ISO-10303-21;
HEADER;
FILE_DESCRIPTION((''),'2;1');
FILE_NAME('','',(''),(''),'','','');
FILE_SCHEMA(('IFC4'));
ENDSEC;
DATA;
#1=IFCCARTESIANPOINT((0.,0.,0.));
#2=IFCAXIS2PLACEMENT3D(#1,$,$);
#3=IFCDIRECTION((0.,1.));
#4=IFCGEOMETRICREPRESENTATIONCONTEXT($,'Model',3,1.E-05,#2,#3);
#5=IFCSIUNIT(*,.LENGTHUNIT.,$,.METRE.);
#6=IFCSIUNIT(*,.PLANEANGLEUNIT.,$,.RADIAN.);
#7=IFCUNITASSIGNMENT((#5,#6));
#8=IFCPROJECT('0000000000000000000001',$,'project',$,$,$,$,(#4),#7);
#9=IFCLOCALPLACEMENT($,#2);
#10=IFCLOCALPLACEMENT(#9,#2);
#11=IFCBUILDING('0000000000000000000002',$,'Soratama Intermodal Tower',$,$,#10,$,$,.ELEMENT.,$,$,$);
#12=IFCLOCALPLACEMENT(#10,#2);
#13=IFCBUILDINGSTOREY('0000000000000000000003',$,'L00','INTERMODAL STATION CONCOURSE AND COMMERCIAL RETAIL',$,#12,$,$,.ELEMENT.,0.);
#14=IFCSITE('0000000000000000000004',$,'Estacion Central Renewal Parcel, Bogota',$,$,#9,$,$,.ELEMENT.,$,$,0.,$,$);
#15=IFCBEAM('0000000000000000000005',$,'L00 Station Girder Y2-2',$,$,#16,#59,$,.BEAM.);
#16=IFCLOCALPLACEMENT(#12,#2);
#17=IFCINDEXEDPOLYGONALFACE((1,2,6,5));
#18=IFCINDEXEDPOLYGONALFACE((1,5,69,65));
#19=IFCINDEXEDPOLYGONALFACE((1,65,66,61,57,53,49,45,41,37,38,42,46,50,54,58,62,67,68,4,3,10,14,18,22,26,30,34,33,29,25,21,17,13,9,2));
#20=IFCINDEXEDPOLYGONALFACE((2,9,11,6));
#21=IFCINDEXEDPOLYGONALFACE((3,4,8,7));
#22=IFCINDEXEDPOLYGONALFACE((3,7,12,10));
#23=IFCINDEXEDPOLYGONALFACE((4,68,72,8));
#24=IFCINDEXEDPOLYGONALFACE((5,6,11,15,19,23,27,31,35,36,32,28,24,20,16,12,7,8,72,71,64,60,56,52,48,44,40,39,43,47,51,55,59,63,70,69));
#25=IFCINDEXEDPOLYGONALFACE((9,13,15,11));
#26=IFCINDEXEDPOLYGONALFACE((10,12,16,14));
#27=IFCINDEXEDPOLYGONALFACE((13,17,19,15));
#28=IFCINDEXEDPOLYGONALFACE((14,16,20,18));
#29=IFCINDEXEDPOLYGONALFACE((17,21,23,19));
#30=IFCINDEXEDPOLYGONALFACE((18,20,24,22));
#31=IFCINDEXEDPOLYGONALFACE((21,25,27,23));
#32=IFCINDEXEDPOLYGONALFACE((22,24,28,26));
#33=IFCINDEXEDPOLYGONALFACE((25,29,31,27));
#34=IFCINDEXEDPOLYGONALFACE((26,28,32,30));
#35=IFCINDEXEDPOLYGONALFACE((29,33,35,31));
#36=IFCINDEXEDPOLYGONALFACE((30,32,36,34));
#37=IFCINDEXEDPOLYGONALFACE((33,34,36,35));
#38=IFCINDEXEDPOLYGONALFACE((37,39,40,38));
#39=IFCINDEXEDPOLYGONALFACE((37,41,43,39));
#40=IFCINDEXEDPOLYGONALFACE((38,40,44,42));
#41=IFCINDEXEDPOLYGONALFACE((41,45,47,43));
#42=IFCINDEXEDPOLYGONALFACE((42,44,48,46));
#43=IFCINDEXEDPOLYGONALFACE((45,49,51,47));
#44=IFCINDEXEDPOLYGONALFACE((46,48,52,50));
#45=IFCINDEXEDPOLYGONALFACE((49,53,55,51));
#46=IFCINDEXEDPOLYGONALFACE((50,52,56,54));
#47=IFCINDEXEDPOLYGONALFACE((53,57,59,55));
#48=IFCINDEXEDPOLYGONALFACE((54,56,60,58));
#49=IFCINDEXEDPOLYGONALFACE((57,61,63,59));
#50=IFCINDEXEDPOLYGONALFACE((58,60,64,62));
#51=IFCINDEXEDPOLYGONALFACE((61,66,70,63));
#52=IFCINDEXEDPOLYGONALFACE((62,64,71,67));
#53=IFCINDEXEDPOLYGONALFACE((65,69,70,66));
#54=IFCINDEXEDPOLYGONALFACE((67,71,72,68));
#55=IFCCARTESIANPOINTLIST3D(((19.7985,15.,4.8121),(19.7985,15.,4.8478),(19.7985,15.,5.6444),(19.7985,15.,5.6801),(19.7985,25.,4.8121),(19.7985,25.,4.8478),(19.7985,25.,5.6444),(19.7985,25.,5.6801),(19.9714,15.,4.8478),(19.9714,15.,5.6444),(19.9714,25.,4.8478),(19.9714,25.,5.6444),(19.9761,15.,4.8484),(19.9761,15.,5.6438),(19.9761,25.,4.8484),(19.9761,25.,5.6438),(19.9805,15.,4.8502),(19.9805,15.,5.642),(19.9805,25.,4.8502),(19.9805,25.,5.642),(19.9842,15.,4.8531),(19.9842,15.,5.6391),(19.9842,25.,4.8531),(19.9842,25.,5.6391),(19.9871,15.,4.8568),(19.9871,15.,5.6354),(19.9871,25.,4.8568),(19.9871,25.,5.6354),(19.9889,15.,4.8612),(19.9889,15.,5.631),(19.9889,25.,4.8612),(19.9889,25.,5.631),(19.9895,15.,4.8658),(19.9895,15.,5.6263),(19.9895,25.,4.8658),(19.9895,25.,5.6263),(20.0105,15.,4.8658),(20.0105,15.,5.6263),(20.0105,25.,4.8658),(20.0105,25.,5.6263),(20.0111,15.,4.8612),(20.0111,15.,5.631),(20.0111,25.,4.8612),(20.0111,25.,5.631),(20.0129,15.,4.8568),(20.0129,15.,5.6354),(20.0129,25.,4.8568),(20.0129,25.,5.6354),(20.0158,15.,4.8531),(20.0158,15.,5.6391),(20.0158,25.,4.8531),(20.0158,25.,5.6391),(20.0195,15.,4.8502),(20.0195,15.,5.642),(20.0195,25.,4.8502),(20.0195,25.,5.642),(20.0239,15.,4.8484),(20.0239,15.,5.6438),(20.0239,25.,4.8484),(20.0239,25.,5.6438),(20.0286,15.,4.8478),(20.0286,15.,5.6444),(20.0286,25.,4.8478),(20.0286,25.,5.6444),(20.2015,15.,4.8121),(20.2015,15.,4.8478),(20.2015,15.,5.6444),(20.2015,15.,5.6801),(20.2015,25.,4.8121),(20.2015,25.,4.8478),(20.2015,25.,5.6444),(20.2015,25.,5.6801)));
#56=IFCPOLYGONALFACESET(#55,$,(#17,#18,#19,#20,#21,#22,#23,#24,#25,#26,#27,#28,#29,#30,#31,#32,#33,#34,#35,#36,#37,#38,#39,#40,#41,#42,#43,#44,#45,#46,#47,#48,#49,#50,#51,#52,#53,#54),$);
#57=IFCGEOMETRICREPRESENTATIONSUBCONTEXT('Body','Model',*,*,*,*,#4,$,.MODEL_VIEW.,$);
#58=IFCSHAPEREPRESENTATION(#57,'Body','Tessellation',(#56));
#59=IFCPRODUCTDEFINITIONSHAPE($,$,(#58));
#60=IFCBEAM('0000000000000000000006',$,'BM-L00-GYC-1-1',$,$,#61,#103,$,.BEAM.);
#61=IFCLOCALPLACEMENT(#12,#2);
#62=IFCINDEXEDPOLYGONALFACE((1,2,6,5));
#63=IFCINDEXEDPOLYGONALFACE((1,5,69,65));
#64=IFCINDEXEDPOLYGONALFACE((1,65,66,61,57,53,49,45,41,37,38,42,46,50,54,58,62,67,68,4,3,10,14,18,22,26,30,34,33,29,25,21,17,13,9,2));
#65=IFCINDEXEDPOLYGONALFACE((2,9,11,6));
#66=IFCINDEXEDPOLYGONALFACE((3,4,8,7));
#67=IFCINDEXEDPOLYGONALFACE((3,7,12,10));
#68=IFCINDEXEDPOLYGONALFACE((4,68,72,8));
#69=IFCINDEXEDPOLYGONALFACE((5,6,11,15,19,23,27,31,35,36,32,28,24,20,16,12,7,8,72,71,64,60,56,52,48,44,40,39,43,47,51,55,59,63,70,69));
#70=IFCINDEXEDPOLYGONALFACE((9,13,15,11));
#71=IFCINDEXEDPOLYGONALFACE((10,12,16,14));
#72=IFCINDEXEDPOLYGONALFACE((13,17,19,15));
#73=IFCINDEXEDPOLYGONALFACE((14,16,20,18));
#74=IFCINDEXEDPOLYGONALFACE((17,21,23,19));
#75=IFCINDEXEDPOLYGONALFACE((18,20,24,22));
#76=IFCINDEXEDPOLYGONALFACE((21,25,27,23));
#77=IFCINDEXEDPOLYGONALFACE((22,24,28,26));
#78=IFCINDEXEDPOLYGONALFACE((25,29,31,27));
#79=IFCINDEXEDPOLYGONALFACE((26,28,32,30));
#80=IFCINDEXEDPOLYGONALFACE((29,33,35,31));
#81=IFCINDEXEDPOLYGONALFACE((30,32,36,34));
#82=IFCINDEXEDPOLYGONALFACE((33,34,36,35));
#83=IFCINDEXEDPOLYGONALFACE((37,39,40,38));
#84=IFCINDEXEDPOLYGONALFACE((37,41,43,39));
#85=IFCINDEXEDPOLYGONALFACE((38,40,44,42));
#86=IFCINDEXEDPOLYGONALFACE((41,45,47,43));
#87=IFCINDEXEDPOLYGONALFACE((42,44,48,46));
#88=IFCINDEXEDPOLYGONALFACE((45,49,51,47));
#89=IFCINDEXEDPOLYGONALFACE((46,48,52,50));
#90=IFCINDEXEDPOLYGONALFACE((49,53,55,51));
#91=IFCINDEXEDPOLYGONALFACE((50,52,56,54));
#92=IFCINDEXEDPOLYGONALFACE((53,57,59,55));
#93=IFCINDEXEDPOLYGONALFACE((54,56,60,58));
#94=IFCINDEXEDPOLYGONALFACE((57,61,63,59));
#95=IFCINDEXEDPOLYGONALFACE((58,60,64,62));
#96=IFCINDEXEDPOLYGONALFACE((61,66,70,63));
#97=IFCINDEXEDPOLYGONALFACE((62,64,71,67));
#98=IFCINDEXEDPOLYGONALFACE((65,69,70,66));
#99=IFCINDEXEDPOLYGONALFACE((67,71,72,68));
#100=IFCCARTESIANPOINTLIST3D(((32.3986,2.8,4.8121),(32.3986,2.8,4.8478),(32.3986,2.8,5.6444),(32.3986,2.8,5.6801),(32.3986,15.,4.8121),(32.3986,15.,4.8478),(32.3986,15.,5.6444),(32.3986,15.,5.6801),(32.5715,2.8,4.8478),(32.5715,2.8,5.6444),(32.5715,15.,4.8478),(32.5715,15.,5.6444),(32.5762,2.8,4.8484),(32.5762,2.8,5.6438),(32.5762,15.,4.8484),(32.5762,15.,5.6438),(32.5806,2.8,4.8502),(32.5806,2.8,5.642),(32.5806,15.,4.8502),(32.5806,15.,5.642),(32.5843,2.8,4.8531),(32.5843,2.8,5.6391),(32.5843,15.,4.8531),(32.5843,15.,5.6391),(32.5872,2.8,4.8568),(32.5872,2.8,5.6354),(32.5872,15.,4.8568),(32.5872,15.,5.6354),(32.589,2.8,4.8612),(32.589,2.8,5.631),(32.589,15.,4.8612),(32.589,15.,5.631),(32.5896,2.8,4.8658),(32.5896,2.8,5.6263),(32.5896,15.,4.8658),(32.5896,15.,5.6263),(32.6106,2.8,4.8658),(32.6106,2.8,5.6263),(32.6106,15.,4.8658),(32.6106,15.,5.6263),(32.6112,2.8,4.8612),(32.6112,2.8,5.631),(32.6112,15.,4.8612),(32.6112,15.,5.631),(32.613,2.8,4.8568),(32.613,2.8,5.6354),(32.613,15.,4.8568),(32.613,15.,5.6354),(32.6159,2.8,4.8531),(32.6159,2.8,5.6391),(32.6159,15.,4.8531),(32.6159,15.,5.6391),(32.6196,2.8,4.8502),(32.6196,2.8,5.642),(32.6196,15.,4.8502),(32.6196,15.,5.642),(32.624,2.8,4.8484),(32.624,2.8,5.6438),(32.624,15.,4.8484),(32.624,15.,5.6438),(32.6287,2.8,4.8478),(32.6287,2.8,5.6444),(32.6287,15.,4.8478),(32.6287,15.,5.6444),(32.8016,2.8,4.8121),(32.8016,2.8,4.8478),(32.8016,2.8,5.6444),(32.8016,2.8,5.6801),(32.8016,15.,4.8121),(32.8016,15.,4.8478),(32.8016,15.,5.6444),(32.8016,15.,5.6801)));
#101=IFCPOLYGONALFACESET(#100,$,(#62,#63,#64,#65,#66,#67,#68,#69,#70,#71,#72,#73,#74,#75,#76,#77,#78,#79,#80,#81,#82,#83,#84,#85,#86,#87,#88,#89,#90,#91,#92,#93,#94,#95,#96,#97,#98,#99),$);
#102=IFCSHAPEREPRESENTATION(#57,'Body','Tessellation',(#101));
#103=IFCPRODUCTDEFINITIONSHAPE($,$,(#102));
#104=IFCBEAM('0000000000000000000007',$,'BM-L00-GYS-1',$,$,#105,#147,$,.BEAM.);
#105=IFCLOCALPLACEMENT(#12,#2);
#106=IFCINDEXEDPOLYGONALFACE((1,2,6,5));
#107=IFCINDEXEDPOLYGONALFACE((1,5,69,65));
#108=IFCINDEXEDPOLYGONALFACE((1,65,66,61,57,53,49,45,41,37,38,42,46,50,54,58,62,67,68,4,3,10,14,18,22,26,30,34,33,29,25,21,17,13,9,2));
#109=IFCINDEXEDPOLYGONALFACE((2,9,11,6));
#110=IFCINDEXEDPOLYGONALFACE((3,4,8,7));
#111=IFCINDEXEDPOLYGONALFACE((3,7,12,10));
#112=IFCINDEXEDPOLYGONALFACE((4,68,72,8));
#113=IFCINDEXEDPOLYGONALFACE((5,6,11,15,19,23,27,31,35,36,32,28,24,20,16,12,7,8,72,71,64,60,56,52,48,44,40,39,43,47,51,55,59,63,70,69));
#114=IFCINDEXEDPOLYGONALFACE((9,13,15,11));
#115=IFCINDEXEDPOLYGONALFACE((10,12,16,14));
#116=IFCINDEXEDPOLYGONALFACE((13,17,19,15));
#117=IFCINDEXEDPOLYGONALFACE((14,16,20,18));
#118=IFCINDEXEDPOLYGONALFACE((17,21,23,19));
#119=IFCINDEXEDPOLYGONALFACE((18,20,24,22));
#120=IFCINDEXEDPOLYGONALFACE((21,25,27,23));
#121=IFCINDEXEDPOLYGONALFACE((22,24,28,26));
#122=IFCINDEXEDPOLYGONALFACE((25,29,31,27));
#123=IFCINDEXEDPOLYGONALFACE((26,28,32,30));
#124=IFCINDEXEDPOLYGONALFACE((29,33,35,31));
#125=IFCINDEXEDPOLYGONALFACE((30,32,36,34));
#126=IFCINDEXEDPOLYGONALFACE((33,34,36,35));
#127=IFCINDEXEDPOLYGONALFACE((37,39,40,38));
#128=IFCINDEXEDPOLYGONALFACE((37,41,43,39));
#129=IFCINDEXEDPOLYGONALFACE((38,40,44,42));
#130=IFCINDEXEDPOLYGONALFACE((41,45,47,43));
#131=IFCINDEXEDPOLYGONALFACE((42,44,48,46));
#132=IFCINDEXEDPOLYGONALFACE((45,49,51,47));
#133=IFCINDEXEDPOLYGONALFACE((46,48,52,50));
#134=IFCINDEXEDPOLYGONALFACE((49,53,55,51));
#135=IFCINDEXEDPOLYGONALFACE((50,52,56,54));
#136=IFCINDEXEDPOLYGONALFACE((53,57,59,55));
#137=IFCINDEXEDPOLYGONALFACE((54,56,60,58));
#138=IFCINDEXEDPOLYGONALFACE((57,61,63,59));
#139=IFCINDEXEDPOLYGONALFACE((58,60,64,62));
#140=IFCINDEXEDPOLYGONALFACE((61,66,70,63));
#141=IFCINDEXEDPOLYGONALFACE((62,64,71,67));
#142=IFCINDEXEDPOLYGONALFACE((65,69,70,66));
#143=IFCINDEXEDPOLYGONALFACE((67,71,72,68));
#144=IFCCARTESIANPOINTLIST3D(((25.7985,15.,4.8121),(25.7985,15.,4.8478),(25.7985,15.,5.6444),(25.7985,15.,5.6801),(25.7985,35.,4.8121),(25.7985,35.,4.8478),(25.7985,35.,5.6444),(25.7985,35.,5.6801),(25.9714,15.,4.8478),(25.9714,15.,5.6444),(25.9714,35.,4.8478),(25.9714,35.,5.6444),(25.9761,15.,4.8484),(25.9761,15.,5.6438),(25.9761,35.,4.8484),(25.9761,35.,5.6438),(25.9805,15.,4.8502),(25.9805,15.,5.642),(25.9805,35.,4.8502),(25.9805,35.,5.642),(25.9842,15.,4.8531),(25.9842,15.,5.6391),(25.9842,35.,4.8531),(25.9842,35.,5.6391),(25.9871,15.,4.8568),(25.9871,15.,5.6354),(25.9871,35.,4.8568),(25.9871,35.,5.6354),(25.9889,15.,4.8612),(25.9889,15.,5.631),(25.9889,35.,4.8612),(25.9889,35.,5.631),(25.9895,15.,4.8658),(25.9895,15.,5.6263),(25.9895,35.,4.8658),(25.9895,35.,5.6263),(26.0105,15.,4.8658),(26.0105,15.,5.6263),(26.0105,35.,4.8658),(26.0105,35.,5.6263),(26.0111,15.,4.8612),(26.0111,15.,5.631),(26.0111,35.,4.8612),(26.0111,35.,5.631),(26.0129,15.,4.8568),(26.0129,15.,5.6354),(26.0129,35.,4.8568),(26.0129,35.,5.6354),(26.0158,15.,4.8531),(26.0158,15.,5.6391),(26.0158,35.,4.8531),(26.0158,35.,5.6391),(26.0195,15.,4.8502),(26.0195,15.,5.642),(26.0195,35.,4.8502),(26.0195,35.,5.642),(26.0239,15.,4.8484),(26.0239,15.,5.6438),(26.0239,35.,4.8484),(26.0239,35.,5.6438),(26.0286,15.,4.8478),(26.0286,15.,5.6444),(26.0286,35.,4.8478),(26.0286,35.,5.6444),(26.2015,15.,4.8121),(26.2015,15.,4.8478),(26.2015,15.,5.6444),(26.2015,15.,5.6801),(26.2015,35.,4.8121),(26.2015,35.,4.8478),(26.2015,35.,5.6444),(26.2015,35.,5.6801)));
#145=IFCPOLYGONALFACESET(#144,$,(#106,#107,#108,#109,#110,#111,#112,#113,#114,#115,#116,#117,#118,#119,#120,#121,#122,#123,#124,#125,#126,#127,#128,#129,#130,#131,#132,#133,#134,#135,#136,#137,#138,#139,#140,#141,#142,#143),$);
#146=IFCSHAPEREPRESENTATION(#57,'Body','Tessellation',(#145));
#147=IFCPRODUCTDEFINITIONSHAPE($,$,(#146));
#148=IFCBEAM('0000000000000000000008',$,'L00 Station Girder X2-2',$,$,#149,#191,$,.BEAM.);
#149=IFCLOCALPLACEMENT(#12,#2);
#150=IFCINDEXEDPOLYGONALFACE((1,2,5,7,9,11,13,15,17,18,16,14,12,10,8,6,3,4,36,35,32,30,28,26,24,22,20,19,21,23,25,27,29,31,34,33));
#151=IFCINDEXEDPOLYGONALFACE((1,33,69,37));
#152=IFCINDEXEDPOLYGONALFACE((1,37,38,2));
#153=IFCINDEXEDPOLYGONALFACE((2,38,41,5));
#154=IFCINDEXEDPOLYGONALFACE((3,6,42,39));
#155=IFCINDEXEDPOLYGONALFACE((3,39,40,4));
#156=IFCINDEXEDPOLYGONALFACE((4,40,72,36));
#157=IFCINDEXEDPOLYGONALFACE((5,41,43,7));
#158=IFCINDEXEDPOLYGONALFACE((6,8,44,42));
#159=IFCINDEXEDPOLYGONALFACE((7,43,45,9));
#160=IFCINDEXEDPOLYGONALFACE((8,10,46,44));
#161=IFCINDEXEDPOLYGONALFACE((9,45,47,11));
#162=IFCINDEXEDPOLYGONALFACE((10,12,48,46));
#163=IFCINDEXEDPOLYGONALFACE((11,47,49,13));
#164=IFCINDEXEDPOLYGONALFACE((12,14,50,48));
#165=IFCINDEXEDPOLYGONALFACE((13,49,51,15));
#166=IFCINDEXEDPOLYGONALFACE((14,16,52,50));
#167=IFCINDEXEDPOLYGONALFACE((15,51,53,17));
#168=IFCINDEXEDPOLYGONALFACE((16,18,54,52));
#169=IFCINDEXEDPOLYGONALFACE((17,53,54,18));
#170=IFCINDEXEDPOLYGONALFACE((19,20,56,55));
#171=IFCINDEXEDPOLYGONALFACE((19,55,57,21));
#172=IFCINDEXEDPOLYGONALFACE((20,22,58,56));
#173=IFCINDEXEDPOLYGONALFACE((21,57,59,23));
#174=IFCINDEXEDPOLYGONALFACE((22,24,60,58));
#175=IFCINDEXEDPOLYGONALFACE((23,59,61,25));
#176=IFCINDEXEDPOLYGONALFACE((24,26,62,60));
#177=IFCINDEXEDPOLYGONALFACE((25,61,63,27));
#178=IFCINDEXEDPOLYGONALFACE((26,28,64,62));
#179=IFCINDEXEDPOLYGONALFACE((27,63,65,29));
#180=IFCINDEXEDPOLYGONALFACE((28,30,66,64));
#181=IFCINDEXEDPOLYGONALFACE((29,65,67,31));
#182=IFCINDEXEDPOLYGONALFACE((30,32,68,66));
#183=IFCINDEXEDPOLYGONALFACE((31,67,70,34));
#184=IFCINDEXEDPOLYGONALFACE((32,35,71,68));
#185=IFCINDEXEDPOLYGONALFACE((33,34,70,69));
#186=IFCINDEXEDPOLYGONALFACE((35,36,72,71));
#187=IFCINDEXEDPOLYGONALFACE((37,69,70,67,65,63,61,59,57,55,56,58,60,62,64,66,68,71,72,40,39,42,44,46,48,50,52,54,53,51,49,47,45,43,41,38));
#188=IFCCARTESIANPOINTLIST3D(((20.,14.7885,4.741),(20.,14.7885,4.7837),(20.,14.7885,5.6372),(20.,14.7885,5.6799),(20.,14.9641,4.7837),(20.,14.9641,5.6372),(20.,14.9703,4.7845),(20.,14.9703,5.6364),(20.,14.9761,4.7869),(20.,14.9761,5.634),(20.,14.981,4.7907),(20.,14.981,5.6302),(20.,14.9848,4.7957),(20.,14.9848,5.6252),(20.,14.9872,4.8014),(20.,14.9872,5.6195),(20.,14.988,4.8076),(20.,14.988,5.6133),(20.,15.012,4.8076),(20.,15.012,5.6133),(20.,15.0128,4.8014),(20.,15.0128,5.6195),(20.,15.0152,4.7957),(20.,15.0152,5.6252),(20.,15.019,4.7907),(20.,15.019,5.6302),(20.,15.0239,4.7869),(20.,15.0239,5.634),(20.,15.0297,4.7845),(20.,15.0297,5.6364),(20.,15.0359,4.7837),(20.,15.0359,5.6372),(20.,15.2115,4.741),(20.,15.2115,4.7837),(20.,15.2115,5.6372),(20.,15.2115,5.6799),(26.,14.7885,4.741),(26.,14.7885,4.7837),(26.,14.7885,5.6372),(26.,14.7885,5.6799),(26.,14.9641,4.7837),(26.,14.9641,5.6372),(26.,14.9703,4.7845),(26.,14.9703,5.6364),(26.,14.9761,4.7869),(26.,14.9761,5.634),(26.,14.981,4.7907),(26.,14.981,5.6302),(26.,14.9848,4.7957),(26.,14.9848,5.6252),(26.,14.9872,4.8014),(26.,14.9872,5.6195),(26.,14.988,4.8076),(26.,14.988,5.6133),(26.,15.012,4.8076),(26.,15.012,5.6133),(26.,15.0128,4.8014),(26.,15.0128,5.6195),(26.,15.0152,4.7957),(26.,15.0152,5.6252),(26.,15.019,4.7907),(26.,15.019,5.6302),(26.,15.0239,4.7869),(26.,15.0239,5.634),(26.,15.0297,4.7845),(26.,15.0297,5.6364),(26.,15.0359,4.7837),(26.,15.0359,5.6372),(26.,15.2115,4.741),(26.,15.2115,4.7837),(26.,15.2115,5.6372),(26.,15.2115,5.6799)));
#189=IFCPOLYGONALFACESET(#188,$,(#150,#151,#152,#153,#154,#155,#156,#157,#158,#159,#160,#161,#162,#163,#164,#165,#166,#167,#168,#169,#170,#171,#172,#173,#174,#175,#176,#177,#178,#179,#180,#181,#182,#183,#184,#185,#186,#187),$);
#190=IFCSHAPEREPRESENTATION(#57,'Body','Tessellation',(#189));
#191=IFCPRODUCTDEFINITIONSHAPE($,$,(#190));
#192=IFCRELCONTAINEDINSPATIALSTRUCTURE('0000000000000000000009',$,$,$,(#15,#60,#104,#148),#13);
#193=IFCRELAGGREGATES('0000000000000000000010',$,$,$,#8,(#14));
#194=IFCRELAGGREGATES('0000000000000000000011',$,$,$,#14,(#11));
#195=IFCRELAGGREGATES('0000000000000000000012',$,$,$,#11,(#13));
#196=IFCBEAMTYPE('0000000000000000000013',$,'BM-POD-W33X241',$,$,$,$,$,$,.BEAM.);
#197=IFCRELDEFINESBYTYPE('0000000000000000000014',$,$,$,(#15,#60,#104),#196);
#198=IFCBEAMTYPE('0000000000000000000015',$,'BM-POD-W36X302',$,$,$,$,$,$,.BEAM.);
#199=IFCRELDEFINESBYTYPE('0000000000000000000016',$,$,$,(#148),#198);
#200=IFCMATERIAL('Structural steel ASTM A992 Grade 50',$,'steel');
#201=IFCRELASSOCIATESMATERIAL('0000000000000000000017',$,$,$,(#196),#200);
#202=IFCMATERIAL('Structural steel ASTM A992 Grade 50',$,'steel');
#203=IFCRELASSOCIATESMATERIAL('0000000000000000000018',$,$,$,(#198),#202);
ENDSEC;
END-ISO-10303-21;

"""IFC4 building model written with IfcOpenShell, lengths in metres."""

from ifc_helpers import new_model, si_unit, direction, frame, origin, origin_2d, place, context, subcontext, project, spatial, i_section, extrude, material, material_profile, profile_set, type_object, element, save


model = new_model("IFC4")

# Units and contexts
model_context = context("Model", 3, precision=1e-05, world=origin(), true_north=direction((0.0, 1.0)))
body_context = subcontext(model_context, "Body", "Model", "MODEL_VIEW")
ifc_project = project(units=[si_unit("LENGTHUNIT", "METRE"), si_unit("PLANEANGLEUNIT", "RADIAN")], contexts=[model_context])

# Site, building, storey
site_placement = place(None, origin())
site = spatial("IfcSite", under=ifc_project, at=site_placement, Name="Estacion Central Renewal Parcel, Bogota", CompositionType="ELEMENT", RefElevation=0.0)
building_placement = place(site_placement, origin())
building = spatial("IfcBuilding", under=site, at=building_placement, Name="Soratama Intermodal Tower", CompositionType="ELEMENT")
storey_placement = place(building_placement, origin())
storey = spatial("IfcBuildingStorey", under=building, at=storey_placement, Name="L00", Description="INTERMODAL STATION CONCOURSE AND COMMERCIAL RETAIL", CompositionType="ELEMENT", Elevation=0.0)

# Beams
ifc_material_1 = material(Name="Structural steel ASTM A992 Grade 50", Category="steel")
ifc_material_profile_1 = material_profile(ifc_material_1, i_section(OverallWidth=0.4031, OverallDepth=0.8679, WebThickness=0.021, FlangeThickness=0.0356, FilletRadius=0.0181, at=origin_2d()), Name="W33X241")
ifc_profile_set_1 = profile_set([ifc_material_profile_1], Name="Structural steel ASTM A992 Grade 50")
beam_type_1 = type_object("IfcBeamType", Name="BM-POD-W33X241", PredefinedType="BEAM", material=ifc_profile_set_1)
beam_1_placement = place(storey_placement, frame((20.0, 15.0, 5.2461), z_axis=(0.0, 1.0, 0.0), x_axis=(-1.0, 0.0, 0.0)))
element("IfcBeam", 1, at=beam_1_placement, inside=storey, type_object=beam_type_1, Name="L00 Station Girder Y2-2", PredefinedType="BEAM", context=body_context, shape_type="SweptSolid", body=[
    extrude(i_section(OverallWidth=0.4031, OverallDepth=0.8679, WebThickness=0.021, FlangeThickness=0.0356, FilletRadius=0.0181, at=origin_2d()), origin(), (0.0, 0.0, 1.0), 10.0),
])
beam_2_placement = place(storey_placement, frame((32.6001, 2.8, 5.2461), z_axis=(0.0, 1.0, 0.0), x_axis=(-1.0, 0.0, 0.0)))
element("IfcBeam", 2, at=beam_2_placement, inside=storey, type_object=beam_type_1, Name="BM-L00-GYC-1-1", PredefinedType="BEAM", context=body_context, shape_type="SweptSolid", body=[
    extrude(i_section(OverallWidth=0.4031, OverallDepth=0.8679, WebThickness=0.021, FlangeThickness=0.0356, FilletRadius=0.0181, at=origin_2d()), origin(), (0.0, 0.0, 1.0), 12.2),
])
beam_3_placement = place(storey_placement, frame((26.0, 15.0, 5.2461), z_axis=(0.0, 1.0, 0.0), x_axis=(-1.0, 0.0, 0.0)))
element("IfcBeam", 3, at=beam_3_placement, inside=storey, type_object=beam_type_1, Name="BM-L00-GYS-1", PredefinedType="BEAM", context=body_context, shape_type="SweptSolid", body=[
    extrude(i_section(OverallWidth=0.4031, OverallDepth=0.8679, WebThickness=0.021, FlangeThickness=0.0356, FilletRadius=0.0181, at=origin_2d()), origin(), (0.0, 0.0, 1.0), 20.0),
])
ifc_material_2 = material(Name="Structural steel ASTM A992 Grade 50", Category="steel")
ifc_material_profile_2 = material_profile(ifc_material_2, i_section(OverallWidth=0.4231, OverallDepth=0.939, WebThickness=0.0239, FlangeThickness=0.0427, FilletRadius=0.0239, at=origin_2d()), Name="W36X302")
ifc_profile_set_2 = profile_set([ifc_material_profile_2], Name="Structural steel ASTM A992 Grade 50")
beam_type_2 = type_object("IfcBeamType", Name="BM-POD-W36X302", PredefinedType="BEAM", material=ifc_profile_set_2)
beam_4_placement = place(storey_placement, frame((20.0, 15.0, 5.2104), z_axis=(1.0, 0.0, 0.0), x_axis=(0.0, 1.0, 0.0)))
element("IfcBeam", 4, at=beam_4_placement, inside=storey, type_object=beam_type_2, Name="L00 Station Girder X2-2", PredefinedType="BEAM", context=body_context, shape_type="SweptSolid", body=[
    extrude(i_section(OverallWidth=0.4231, OverallDepth=0.939, WebThickness=0.0239, FlangeThickness=0.0427, FilletRadius=0.0239, at=origin_2d()), origin(), (0.0, 0.0, 1.0), 6.0),
])

save(model, "model.ifc")
